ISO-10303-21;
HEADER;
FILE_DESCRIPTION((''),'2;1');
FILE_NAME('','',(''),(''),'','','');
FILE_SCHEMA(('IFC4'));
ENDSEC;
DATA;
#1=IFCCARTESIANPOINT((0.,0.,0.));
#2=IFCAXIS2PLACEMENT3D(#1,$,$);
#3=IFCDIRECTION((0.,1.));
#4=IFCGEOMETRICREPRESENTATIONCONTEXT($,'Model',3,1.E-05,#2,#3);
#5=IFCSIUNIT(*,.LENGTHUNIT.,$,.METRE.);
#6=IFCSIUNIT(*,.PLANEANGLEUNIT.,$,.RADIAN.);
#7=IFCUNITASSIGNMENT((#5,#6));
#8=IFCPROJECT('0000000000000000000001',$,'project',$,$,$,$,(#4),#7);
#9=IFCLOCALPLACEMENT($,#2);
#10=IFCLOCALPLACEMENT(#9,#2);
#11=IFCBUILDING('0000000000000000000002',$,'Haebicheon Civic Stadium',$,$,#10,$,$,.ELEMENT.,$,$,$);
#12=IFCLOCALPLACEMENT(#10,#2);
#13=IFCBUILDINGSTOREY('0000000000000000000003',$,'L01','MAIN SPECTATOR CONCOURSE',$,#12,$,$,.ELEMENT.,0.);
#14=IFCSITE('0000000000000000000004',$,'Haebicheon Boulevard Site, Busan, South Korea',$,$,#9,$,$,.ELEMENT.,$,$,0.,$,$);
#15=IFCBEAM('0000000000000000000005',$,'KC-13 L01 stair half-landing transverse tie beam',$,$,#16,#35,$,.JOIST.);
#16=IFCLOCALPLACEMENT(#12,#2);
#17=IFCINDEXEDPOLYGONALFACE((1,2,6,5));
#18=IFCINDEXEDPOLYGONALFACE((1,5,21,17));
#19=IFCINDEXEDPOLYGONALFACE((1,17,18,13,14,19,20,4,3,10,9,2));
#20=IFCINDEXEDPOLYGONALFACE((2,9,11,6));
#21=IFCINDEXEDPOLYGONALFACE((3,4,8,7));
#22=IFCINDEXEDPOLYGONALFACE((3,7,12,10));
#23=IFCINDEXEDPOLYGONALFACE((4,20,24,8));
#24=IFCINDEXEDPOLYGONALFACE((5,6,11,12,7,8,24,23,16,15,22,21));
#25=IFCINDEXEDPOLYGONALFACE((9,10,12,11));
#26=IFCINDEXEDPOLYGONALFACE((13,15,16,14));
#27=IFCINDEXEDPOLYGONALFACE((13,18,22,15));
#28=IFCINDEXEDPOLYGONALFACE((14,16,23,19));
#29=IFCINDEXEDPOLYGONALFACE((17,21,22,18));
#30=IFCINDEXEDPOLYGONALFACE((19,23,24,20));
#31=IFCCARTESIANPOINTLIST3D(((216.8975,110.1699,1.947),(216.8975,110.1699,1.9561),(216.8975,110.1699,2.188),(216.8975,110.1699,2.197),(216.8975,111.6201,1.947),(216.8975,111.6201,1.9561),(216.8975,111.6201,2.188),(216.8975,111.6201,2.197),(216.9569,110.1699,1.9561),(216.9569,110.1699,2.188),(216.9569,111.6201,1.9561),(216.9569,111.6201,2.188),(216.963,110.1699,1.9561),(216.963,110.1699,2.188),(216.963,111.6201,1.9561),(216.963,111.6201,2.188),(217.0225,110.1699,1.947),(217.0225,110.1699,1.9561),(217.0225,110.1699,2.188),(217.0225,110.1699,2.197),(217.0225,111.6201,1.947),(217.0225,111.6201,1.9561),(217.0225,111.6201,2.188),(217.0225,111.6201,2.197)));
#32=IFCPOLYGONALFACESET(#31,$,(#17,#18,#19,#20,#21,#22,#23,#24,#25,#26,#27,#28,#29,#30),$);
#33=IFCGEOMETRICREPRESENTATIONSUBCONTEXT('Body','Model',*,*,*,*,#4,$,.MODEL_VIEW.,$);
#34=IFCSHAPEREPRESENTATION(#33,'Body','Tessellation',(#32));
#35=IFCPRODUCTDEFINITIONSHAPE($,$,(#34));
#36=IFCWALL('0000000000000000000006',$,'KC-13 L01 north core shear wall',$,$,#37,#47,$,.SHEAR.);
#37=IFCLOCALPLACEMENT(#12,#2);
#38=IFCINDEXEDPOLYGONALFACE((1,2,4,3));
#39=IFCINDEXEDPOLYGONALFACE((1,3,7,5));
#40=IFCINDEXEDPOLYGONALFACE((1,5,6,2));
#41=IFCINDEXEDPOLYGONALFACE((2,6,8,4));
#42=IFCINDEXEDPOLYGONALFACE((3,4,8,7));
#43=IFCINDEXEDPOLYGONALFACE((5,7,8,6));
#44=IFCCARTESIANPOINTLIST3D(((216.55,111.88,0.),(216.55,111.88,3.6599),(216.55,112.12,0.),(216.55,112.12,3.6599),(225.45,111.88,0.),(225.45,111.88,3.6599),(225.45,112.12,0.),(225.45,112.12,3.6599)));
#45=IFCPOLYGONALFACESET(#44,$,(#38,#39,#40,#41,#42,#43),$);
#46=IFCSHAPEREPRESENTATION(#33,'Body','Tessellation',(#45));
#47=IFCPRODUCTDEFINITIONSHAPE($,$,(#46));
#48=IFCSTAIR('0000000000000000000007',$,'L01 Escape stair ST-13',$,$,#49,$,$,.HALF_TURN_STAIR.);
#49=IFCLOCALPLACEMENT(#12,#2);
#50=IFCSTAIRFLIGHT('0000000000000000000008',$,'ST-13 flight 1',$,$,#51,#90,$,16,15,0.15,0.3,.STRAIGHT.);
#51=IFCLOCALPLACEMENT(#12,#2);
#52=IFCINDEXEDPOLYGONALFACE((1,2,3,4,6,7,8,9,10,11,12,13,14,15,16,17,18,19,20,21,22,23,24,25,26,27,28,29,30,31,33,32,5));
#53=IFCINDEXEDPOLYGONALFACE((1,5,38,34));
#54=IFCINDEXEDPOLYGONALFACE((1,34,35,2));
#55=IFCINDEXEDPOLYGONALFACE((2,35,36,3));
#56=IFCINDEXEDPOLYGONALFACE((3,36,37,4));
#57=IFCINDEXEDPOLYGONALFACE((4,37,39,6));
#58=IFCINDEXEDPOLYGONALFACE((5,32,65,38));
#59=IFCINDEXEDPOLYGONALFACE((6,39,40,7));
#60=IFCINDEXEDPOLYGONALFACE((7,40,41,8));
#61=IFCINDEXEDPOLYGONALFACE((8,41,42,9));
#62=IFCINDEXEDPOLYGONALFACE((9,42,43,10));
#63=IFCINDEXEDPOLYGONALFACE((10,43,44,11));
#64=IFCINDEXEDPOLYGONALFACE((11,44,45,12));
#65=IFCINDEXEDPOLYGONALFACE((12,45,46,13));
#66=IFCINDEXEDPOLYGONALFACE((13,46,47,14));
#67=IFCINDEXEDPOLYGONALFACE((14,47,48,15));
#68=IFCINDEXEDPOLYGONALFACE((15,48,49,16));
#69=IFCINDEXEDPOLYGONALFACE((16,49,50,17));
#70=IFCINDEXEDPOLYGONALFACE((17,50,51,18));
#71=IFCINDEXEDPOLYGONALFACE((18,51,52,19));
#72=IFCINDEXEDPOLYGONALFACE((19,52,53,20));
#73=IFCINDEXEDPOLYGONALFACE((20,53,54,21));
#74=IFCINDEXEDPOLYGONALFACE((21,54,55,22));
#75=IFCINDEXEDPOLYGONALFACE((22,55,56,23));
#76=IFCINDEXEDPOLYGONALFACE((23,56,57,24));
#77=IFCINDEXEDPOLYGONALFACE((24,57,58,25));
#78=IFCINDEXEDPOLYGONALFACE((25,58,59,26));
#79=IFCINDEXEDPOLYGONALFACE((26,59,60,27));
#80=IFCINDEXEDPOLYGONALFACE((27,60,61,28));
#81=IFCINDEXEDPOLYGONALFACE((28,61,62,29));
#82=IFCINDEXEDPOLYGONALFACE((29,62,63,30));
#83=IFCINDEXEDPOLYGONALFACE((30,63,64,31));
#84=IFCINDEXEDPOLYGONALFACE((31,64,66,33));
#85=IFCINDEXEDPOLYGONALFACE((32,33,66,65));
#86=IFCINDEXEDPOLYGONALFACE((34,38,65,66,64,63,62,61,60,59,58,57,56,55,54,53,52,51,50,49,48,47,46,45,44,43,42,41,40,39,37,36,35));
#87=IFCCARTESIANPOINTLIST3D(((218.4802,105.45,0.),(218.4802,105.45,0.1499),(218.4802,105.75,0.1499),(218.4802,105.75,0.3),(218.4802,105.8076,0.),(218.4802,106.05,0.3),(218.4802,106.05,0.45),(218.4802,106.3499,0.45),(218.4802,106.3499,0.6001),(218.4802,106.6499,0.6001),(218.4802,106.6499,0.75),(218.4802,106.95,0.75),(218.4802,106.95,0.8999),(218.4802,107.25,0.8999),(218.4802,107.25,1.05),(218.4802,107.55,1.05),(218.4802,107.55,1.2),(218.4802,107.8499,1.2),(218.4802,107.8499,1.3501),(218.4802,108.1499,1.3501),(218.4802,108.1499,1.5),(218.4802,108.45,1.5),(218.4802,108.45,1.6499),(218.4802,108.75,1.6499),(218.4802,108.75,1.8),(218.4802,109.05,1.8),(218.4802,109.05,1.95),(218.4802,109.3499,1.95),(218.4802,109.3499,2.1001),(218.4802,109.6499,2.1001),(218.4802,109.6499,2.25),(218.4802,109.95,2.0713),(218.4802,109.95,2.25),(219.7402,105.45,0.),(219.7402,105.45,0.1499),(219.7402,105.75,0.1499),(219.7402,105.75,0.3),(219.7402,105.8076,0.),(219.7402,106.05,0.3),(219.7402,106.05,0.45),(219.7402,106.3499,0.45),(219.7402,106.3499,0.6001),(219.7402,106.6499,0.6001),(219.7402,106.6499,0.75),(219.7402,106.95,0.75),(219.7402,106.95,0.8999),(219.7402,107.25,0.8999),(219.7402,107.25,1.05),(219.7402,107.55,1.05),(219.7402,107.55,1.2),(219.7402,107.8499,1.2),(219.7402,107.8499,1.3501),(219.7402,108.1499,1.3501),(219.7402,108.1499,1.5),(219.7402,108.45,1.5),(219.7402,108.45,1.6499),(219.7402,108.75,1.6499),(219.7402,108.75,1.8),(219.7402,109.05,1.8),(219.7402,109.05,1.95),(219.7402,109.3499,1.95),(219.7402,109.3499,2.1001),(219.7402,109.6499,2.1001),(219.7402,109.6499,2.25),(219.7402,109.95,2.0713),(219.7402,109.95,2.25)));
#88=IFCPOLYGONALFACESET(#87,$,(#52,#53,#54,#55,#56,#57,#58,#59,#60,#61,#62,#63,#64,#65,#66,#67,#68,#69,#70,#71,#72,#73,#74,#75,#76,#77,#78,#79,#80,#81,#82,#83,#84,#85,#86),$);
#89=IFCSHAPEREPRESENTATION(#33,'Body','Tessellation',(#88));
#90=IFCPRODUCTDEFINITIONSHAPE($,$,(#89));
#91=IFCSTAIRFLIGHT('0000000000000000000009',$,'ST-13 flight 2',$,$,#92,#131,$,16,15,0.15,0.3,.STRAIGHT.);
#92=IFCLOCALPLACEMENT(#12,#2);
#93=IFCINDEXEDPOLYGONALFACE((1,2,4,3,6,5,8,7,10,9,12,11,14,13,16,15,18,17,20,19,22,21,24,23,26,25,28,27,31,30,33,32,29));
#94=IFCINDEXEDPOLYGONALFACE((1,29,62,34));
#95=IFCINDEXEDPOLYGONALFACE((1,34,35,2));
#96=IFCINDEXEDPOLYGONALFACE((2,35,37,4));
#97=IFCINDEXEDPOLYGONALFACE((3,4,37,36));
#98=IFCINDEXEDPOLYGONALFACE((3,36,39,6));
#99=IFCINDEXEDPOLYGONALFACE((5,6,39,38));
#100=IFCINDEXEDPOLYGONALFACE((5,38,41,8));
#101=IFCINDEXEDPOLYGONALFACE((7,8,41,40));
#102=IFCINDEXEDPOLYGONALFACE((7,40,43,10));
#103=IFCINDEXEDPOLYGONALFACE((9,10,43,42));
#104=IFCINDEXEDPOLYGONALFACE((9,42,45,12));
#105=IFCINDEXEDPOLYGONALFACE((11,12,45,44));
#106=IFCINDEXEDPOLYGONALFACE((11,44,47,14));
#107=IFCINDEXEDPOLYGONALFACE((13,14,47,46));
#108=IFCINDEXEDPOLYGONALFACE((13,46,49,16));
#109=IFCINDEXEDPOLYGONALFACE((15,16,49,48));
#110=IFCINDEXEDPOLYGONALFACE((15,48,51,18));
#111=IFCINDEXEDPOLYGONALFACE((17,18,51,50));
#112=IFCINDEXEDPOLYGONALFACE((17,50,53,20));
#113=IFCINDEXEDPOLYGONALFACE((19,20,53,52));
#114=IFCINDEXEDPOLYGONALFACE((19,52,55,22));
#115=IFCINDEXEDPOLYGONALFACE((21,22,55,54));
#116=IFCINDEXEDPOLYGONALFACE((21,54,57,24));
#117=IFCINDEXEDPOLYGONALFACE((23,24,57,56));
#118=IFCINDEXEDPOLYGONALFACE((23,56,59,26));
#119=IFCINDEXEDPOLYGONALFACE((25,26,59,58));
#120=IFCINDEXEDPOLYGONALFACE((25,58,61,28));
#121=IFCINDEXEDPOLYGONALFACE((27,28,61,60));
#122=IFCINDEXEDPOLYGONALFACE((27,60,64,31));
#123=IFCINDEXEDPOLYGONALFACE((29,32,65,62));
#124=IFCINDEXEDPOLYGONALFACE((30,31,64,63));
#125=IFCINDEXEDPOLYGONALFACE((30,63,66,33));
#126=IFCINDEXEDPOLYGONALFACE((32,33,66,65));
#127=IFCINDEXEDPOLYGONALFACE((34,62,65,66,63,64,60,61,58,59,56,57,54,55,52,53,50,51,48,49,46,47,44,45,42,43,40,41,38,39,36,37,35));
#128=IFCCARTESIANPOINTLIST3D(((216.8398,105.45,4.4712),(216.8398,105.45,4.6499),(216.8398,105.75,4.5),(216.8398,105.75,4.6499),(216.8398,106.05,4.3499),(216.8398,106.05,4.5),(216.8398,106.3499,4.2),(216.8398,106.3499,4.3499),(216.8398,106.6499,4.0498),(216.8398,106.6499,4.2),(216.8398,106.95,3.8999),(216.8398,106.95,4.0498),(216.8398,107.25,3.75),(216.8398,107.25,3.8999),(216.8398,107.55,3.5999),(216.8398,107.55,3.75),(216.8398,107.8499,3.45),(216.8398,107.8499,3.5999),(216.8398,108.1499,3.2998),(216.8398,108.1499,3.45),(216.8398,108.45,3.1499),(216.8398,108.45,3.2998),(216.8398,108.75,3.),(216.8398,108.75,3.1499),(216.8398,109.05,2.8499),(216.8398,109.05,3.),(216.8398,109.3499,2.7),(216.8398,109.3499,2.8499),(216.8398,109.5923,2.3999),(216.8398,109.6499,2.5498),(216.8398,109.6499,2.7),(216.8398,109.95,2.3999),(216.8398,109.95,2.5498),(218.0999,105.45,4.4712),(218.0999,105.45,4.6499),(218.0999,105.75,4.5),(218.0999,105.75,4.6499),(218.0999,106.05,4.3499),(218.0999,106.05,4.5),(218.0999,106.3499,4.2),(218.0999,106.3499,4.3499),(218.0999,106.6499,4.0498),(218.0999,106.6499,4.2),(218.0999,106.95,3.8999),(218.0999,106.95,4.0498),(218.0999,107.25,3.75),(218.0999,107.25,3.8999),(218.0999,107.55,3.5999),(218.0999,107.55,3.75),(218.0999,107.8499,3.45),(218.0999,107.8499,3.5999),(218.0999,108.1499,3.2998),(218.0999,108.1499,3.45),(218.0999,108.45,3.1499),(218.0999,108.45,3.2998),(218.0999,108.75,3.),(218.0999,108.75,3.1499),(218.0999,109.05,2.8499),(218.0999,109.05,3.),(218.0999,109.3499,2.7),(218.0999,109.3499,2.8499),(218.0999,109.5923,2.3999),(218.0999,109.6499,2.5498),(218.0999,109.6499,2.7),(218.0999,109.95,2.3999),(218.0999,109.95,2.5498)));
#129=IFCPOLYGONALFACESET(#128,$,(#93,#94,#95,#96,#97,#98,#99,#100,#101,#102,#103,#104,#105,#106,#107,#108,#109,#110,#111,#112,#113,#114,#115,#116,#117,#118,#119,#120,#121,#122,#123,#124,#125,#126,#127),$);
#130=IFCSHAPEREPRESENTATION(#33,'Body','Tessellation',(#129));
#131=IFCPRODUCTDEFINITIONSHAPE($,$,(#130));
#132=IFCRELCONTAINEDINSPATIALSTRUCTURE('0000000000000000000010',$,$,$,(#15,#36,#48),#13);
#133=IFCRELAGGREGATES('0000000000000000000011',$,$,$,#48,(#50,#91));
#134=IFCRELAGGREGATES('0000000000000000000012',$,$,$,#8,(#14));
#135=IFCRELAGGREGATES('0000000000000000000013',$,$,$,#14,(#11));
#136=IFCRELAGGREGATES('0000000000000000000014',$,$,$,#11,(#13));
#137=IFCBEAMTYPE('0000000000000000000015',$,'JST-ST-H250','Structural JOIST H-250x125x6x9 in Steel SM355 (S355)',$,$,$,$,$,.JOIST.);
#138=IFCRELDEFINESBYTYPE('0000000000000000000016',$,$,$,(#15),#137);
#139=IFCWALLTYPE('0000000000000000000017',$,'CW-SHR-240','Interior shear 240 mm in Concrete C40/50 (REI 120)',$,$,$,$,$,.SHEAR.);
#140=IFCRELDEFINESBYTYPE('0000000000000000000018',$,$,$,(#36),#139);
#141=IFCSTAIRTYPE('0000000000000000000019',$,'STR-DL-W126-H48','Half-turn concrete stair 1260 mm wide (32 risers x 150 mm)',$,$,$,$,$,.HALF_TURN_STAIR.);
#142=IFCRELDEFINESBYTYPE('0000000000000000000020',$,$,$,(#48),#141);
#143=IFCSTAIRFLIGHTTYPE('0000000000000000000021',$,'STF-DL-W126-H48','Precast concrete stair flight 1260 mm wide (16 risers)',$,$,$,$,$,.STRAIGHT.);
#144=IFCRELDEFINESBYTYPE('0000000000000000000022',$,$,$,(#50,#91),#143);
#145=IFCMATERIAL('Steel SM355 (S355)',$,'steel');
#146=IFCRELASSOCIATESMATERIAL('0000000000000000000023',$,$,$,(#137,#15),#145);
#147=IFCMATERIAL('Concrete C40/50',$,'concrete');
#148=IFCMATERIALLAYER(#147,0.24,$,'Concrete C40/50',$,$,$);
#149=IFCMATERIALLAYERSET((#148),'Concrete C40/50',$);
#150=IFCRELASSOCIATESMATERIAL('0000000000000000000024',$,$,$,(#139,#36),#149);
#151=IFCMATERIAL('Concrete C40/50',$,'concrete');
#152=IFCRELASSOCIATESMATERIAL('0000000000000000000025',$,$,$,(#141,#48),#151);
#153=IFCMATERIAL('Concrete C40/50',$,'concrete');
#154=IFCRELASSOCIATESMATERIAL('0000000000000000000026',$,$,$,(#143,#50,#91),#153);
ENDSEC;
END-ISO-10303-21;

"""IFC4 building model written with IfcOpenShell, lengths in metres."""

from ifc_helpers import new_model, si_unit, direction, frame, frame_2d, origin, origin_2d, place, context, subcontext, project, spatial, polyline, rectangle, i_section, outline, extrude, material, layer, layer_set, material_profile, profile_set, type_object, element, aggregate, save


model = new_model("IFC4")

# Units and contexts
model_context = context("Model", 3, precision=1e-05, world=origin(), true_north=direction((0.0, 1.0)))
body_context = subcontext(model_context, "Body", "Model", "MODEL_VIEW")
ifc_project = project(units=[si_unit("LENGTHUNIT", "METRE"), si_unit("PLANEANGLEUNIT", "RADIAN")], contexts=[model_context])

# Site, building, storey
site_placement = place(None, origin())
site = spatial("IfcSite", under=ifc_project, at=site_placement, Name="Haebicheon Boulevard Site, Busan, South Korea", CompositionType="ELEMENT", RefElevation=0.0)
building_placement = place(site_placement, origin())
building = spatial("IfcBuilding", under=site, at=building_placement, Name="Haebicheon Civic Stadium", CompositionType="ELEMENT")
storey_placement = place(building_placement, origin())
storey = spatial("IfcBuildingStorey", under=building, at=storey_placement, Name="L01", Description="MAIN SPECTATOR CONCOURSE", CompositionType="ELEMENT", Elevation=0.0)

# Beam
ifc_material_1 = material(Name="Steel SM355 (S355)", Category="steel")
ifc_material_profile = material_profile(ifc_material_1, i_section(OverallWidth=0.125, OverallDepth=0.25, WebThickness=0.0061, FlangeThickness=0.009, at=origin_2d()), Name="H-250x125x6x9")
ifc_profile_set = profile_set([ifc_material_profile], Name="Steel SM355 (S355)")
beam_type = type_object("IfcBeamType", Name="JST-ST-H250", Description="Structural JOIST H-250x125x6x9 in Steel SM355 (S355)", PredefinedType="JOIST", material=ifc_profile_set)
beam_placement = place(storey_placement, frame((216.96, 110.1699, 2.072), z_axis=(0.0, 1.0, 0.0), x_axis=(-1.0, 0.0, 0.0)))
element("IfcBeam", 1, at=beam_placement, inside=storey, type_object=beam_type, material=ifc_profile_set, Name="KC-13 L01 stair half-landing transverse tie beam", PredefinedType="JOIST", context=body_context, shape_type="SweptSolid", body=[
    extrude(i_section(OverallWidth=0.125, OverallDepth=0.25, WebThickness=0.0061, FlangeThickness=0.009, at=origin_2d()), origin(), (0.0, 0.0, 1.0), 1.4502),
])

# Wall
ifc_material_2 = material(Name="Concrete C40/50", Category="concrete")
ifc_layer = layer(ifc_material_2, 0.24, Name="Concrete C40/50")
ifc_layer_set = layer_set([ifc_layer], Name="Concrete C40/50")
wall_type = type_object("IfcWallType", Name="CW-SHR-240", Description="Interior shear 240 mm in Concrete C40/50 (REI 120)", PredefinedType="SHEAR", material=ifc_layer_set)
wall_placement = place(storey_placement, frame((216.55, 112.0, 0.0), z_axis=(0.0, 0.0, 1.0), x_axis=(1.0, 0.0, 0.0)))
element("IfcWall", 2, at=wall_placement, inside=storey, type_object=wall_type, material=ifc_layer_set, Name="KC-13 L01 north core shear wall", PredefinedType="SHEAR", context=body_context, shape_type="SweptSolid", body=[
    extrude(rectangle(XDim=8.8999, YDim=0.24, at=frame_2d((4.45, 0.0))), origin(), (0.0, 0.0, 1.0), 3.6599),
])

# Stair, stair flights
ifc_material_3 = material(Name="Concrete C40/50", Category="concrete")
stair_type = type_object("IfcStairType", Name="STR-DL-W126-H48", Description="Half-turn concrete stair 1260 mm wide (32 risers x 150 mm)", PredefinedType="HALF_TURN_STAIR", material=ifc_material_3)
stair_placement = place(storey_placement, origin())
stair = element("IfcStair", 3, at=stair_placement, inside=storey, type_object=stair_type, material=ifc_material_3, Name="L01 Escape stair ST-13", PredefinedType="HALF_TURN_STAIR")
ifc_material_4 = material(Name="Concrete C40/50", Category="concrete")
stair_flight_type = type_object("IfcStairFlightType", Name="STF-DL-W126-H48", Description="Precast concrete stair flight 1260 mm wide (16 risers)", PredefinedType="STRAIGHT", material=ifc_material_4)
stair_flight_1_placement = place(storey_placement, frame((219.1101, 105.45, 0.0), z_axis=(0.0, 0.0, 1.0), x_axis=(0.0, 1.0, 0.0)))
stair_flight_1 = element("IfcStairFlight", 4, at=stair_flight_1_placement, type_object=stair_flight_type, material=ifc_material_4, Name="ST-13 flight 1", NumberOfRisers=16, NumberOfTreads=15, PredefinedType="STRAIGHT", RiserHeight=0.15, TreadLength=0.3, context=body_context, shape_type="SweptSolid", body=[
    extrude(outline(polyline([(0.0, 0.0), (0.0, 0.1499), (0.3, 0.1499), (0.3, 0.3), (0.6001, 0.3), (0.6001, 0.45), (0.8999, 0.45), (0.8999, 0.6001), (1.2, 0.6001), (1.2, 0.75), (1.5, 0.75), (1.5, 0.8999), (1.8, 0.8999), (1.8, 1.05), (2.1001, 1.05), (2.1001, 1.2), (2.3999, 1.2), (2.3999, 1.3501), (2.7, 1.3501), (2.7, 1.5), (3.0, 1.5), (3.0, 1.6499), (3.3, 1.6499), (3.3, 1.8), (3.6001, 1.8), (3.6001, 1.95), (3.8999, 1.95), (3.8999, 2.1001), (4.2, 2.1001), (4.2, 2.25), (4.5, 2.25), (4.5, 2.3999), (4.5, 2.0713), (0.3577, 0.0), (0.0, 0.0)])), frame((0.0, 0.6299, 0.0), z_axis=(0.0, -1.0, 0.0), x_axis=(1.0, 0.0, 0.0)), (0.0, 0.0, 1.0), 1.26),
])
stair_flight_2_placement = place(storey_placement, frame((217.47, 109.95, 2.3999), z_axis=(0.0, 0.0, 1.0), x_axis=(0.0, -1.0, 0.0)))
stair_flight_2 = element("IfcStairFlight", 5, at=stair_flight_2_placement, type_object=stair_flight_type, material=ifc_material_4, Name="ST-13 flight 2", NumberOfRisers=16, NumberOfTreads=15, PredefinedType="STRAIGHT", RiserHeight=0.15, TreadLength=0.3, context=body_context, shape_type="SweptSolid", body=[
    extrude(outline(polyline([(0.0, 0.0), (0.0, 0.1499), (0.3, 0.1499), (0.3, 0.3), (0.6001, 0.3), (0.6001, 0.45), (0.8999, 0.45), (0.8999, 0.6001), (1.2, 0.6001), (1.2, 0.75), (1.5, 0.75), (1.5, 0.8999), (1.8, 0.8999), (1.8, 1.05), (2.1001, 1.05), (2.1001, 1.2), (2.3999, 1.2), (2.3999, 1.3501), (2.7, 1.3501), (2.7, 1.5), (3.0, 1.5), (3.0, 1.6499), (3.3, 1.6499), (3.3, 1.8), (3.6001, 1.8), (3.6001, 1.95), (3.8999, 1.95), (3.8999, 2.1001), (4.2, 2.1001), (4.2, 2.25), (4.5, 2.25), (4.5, 2.3999), (4.5, 2.0713), (0.3577, 0.0), (0.0, 0.0)])), frame((0.0, 0.6299, 0.0), z_axis=(0.0, -1.0, 0.0), x_axis=(1.0, 0.0, 0.0)), (0.0, 0.0, 1.0), 1.26),
])
aggregate(stair, [stair_flight_1, stair_flight_2])

save(model, "model.ifc")
